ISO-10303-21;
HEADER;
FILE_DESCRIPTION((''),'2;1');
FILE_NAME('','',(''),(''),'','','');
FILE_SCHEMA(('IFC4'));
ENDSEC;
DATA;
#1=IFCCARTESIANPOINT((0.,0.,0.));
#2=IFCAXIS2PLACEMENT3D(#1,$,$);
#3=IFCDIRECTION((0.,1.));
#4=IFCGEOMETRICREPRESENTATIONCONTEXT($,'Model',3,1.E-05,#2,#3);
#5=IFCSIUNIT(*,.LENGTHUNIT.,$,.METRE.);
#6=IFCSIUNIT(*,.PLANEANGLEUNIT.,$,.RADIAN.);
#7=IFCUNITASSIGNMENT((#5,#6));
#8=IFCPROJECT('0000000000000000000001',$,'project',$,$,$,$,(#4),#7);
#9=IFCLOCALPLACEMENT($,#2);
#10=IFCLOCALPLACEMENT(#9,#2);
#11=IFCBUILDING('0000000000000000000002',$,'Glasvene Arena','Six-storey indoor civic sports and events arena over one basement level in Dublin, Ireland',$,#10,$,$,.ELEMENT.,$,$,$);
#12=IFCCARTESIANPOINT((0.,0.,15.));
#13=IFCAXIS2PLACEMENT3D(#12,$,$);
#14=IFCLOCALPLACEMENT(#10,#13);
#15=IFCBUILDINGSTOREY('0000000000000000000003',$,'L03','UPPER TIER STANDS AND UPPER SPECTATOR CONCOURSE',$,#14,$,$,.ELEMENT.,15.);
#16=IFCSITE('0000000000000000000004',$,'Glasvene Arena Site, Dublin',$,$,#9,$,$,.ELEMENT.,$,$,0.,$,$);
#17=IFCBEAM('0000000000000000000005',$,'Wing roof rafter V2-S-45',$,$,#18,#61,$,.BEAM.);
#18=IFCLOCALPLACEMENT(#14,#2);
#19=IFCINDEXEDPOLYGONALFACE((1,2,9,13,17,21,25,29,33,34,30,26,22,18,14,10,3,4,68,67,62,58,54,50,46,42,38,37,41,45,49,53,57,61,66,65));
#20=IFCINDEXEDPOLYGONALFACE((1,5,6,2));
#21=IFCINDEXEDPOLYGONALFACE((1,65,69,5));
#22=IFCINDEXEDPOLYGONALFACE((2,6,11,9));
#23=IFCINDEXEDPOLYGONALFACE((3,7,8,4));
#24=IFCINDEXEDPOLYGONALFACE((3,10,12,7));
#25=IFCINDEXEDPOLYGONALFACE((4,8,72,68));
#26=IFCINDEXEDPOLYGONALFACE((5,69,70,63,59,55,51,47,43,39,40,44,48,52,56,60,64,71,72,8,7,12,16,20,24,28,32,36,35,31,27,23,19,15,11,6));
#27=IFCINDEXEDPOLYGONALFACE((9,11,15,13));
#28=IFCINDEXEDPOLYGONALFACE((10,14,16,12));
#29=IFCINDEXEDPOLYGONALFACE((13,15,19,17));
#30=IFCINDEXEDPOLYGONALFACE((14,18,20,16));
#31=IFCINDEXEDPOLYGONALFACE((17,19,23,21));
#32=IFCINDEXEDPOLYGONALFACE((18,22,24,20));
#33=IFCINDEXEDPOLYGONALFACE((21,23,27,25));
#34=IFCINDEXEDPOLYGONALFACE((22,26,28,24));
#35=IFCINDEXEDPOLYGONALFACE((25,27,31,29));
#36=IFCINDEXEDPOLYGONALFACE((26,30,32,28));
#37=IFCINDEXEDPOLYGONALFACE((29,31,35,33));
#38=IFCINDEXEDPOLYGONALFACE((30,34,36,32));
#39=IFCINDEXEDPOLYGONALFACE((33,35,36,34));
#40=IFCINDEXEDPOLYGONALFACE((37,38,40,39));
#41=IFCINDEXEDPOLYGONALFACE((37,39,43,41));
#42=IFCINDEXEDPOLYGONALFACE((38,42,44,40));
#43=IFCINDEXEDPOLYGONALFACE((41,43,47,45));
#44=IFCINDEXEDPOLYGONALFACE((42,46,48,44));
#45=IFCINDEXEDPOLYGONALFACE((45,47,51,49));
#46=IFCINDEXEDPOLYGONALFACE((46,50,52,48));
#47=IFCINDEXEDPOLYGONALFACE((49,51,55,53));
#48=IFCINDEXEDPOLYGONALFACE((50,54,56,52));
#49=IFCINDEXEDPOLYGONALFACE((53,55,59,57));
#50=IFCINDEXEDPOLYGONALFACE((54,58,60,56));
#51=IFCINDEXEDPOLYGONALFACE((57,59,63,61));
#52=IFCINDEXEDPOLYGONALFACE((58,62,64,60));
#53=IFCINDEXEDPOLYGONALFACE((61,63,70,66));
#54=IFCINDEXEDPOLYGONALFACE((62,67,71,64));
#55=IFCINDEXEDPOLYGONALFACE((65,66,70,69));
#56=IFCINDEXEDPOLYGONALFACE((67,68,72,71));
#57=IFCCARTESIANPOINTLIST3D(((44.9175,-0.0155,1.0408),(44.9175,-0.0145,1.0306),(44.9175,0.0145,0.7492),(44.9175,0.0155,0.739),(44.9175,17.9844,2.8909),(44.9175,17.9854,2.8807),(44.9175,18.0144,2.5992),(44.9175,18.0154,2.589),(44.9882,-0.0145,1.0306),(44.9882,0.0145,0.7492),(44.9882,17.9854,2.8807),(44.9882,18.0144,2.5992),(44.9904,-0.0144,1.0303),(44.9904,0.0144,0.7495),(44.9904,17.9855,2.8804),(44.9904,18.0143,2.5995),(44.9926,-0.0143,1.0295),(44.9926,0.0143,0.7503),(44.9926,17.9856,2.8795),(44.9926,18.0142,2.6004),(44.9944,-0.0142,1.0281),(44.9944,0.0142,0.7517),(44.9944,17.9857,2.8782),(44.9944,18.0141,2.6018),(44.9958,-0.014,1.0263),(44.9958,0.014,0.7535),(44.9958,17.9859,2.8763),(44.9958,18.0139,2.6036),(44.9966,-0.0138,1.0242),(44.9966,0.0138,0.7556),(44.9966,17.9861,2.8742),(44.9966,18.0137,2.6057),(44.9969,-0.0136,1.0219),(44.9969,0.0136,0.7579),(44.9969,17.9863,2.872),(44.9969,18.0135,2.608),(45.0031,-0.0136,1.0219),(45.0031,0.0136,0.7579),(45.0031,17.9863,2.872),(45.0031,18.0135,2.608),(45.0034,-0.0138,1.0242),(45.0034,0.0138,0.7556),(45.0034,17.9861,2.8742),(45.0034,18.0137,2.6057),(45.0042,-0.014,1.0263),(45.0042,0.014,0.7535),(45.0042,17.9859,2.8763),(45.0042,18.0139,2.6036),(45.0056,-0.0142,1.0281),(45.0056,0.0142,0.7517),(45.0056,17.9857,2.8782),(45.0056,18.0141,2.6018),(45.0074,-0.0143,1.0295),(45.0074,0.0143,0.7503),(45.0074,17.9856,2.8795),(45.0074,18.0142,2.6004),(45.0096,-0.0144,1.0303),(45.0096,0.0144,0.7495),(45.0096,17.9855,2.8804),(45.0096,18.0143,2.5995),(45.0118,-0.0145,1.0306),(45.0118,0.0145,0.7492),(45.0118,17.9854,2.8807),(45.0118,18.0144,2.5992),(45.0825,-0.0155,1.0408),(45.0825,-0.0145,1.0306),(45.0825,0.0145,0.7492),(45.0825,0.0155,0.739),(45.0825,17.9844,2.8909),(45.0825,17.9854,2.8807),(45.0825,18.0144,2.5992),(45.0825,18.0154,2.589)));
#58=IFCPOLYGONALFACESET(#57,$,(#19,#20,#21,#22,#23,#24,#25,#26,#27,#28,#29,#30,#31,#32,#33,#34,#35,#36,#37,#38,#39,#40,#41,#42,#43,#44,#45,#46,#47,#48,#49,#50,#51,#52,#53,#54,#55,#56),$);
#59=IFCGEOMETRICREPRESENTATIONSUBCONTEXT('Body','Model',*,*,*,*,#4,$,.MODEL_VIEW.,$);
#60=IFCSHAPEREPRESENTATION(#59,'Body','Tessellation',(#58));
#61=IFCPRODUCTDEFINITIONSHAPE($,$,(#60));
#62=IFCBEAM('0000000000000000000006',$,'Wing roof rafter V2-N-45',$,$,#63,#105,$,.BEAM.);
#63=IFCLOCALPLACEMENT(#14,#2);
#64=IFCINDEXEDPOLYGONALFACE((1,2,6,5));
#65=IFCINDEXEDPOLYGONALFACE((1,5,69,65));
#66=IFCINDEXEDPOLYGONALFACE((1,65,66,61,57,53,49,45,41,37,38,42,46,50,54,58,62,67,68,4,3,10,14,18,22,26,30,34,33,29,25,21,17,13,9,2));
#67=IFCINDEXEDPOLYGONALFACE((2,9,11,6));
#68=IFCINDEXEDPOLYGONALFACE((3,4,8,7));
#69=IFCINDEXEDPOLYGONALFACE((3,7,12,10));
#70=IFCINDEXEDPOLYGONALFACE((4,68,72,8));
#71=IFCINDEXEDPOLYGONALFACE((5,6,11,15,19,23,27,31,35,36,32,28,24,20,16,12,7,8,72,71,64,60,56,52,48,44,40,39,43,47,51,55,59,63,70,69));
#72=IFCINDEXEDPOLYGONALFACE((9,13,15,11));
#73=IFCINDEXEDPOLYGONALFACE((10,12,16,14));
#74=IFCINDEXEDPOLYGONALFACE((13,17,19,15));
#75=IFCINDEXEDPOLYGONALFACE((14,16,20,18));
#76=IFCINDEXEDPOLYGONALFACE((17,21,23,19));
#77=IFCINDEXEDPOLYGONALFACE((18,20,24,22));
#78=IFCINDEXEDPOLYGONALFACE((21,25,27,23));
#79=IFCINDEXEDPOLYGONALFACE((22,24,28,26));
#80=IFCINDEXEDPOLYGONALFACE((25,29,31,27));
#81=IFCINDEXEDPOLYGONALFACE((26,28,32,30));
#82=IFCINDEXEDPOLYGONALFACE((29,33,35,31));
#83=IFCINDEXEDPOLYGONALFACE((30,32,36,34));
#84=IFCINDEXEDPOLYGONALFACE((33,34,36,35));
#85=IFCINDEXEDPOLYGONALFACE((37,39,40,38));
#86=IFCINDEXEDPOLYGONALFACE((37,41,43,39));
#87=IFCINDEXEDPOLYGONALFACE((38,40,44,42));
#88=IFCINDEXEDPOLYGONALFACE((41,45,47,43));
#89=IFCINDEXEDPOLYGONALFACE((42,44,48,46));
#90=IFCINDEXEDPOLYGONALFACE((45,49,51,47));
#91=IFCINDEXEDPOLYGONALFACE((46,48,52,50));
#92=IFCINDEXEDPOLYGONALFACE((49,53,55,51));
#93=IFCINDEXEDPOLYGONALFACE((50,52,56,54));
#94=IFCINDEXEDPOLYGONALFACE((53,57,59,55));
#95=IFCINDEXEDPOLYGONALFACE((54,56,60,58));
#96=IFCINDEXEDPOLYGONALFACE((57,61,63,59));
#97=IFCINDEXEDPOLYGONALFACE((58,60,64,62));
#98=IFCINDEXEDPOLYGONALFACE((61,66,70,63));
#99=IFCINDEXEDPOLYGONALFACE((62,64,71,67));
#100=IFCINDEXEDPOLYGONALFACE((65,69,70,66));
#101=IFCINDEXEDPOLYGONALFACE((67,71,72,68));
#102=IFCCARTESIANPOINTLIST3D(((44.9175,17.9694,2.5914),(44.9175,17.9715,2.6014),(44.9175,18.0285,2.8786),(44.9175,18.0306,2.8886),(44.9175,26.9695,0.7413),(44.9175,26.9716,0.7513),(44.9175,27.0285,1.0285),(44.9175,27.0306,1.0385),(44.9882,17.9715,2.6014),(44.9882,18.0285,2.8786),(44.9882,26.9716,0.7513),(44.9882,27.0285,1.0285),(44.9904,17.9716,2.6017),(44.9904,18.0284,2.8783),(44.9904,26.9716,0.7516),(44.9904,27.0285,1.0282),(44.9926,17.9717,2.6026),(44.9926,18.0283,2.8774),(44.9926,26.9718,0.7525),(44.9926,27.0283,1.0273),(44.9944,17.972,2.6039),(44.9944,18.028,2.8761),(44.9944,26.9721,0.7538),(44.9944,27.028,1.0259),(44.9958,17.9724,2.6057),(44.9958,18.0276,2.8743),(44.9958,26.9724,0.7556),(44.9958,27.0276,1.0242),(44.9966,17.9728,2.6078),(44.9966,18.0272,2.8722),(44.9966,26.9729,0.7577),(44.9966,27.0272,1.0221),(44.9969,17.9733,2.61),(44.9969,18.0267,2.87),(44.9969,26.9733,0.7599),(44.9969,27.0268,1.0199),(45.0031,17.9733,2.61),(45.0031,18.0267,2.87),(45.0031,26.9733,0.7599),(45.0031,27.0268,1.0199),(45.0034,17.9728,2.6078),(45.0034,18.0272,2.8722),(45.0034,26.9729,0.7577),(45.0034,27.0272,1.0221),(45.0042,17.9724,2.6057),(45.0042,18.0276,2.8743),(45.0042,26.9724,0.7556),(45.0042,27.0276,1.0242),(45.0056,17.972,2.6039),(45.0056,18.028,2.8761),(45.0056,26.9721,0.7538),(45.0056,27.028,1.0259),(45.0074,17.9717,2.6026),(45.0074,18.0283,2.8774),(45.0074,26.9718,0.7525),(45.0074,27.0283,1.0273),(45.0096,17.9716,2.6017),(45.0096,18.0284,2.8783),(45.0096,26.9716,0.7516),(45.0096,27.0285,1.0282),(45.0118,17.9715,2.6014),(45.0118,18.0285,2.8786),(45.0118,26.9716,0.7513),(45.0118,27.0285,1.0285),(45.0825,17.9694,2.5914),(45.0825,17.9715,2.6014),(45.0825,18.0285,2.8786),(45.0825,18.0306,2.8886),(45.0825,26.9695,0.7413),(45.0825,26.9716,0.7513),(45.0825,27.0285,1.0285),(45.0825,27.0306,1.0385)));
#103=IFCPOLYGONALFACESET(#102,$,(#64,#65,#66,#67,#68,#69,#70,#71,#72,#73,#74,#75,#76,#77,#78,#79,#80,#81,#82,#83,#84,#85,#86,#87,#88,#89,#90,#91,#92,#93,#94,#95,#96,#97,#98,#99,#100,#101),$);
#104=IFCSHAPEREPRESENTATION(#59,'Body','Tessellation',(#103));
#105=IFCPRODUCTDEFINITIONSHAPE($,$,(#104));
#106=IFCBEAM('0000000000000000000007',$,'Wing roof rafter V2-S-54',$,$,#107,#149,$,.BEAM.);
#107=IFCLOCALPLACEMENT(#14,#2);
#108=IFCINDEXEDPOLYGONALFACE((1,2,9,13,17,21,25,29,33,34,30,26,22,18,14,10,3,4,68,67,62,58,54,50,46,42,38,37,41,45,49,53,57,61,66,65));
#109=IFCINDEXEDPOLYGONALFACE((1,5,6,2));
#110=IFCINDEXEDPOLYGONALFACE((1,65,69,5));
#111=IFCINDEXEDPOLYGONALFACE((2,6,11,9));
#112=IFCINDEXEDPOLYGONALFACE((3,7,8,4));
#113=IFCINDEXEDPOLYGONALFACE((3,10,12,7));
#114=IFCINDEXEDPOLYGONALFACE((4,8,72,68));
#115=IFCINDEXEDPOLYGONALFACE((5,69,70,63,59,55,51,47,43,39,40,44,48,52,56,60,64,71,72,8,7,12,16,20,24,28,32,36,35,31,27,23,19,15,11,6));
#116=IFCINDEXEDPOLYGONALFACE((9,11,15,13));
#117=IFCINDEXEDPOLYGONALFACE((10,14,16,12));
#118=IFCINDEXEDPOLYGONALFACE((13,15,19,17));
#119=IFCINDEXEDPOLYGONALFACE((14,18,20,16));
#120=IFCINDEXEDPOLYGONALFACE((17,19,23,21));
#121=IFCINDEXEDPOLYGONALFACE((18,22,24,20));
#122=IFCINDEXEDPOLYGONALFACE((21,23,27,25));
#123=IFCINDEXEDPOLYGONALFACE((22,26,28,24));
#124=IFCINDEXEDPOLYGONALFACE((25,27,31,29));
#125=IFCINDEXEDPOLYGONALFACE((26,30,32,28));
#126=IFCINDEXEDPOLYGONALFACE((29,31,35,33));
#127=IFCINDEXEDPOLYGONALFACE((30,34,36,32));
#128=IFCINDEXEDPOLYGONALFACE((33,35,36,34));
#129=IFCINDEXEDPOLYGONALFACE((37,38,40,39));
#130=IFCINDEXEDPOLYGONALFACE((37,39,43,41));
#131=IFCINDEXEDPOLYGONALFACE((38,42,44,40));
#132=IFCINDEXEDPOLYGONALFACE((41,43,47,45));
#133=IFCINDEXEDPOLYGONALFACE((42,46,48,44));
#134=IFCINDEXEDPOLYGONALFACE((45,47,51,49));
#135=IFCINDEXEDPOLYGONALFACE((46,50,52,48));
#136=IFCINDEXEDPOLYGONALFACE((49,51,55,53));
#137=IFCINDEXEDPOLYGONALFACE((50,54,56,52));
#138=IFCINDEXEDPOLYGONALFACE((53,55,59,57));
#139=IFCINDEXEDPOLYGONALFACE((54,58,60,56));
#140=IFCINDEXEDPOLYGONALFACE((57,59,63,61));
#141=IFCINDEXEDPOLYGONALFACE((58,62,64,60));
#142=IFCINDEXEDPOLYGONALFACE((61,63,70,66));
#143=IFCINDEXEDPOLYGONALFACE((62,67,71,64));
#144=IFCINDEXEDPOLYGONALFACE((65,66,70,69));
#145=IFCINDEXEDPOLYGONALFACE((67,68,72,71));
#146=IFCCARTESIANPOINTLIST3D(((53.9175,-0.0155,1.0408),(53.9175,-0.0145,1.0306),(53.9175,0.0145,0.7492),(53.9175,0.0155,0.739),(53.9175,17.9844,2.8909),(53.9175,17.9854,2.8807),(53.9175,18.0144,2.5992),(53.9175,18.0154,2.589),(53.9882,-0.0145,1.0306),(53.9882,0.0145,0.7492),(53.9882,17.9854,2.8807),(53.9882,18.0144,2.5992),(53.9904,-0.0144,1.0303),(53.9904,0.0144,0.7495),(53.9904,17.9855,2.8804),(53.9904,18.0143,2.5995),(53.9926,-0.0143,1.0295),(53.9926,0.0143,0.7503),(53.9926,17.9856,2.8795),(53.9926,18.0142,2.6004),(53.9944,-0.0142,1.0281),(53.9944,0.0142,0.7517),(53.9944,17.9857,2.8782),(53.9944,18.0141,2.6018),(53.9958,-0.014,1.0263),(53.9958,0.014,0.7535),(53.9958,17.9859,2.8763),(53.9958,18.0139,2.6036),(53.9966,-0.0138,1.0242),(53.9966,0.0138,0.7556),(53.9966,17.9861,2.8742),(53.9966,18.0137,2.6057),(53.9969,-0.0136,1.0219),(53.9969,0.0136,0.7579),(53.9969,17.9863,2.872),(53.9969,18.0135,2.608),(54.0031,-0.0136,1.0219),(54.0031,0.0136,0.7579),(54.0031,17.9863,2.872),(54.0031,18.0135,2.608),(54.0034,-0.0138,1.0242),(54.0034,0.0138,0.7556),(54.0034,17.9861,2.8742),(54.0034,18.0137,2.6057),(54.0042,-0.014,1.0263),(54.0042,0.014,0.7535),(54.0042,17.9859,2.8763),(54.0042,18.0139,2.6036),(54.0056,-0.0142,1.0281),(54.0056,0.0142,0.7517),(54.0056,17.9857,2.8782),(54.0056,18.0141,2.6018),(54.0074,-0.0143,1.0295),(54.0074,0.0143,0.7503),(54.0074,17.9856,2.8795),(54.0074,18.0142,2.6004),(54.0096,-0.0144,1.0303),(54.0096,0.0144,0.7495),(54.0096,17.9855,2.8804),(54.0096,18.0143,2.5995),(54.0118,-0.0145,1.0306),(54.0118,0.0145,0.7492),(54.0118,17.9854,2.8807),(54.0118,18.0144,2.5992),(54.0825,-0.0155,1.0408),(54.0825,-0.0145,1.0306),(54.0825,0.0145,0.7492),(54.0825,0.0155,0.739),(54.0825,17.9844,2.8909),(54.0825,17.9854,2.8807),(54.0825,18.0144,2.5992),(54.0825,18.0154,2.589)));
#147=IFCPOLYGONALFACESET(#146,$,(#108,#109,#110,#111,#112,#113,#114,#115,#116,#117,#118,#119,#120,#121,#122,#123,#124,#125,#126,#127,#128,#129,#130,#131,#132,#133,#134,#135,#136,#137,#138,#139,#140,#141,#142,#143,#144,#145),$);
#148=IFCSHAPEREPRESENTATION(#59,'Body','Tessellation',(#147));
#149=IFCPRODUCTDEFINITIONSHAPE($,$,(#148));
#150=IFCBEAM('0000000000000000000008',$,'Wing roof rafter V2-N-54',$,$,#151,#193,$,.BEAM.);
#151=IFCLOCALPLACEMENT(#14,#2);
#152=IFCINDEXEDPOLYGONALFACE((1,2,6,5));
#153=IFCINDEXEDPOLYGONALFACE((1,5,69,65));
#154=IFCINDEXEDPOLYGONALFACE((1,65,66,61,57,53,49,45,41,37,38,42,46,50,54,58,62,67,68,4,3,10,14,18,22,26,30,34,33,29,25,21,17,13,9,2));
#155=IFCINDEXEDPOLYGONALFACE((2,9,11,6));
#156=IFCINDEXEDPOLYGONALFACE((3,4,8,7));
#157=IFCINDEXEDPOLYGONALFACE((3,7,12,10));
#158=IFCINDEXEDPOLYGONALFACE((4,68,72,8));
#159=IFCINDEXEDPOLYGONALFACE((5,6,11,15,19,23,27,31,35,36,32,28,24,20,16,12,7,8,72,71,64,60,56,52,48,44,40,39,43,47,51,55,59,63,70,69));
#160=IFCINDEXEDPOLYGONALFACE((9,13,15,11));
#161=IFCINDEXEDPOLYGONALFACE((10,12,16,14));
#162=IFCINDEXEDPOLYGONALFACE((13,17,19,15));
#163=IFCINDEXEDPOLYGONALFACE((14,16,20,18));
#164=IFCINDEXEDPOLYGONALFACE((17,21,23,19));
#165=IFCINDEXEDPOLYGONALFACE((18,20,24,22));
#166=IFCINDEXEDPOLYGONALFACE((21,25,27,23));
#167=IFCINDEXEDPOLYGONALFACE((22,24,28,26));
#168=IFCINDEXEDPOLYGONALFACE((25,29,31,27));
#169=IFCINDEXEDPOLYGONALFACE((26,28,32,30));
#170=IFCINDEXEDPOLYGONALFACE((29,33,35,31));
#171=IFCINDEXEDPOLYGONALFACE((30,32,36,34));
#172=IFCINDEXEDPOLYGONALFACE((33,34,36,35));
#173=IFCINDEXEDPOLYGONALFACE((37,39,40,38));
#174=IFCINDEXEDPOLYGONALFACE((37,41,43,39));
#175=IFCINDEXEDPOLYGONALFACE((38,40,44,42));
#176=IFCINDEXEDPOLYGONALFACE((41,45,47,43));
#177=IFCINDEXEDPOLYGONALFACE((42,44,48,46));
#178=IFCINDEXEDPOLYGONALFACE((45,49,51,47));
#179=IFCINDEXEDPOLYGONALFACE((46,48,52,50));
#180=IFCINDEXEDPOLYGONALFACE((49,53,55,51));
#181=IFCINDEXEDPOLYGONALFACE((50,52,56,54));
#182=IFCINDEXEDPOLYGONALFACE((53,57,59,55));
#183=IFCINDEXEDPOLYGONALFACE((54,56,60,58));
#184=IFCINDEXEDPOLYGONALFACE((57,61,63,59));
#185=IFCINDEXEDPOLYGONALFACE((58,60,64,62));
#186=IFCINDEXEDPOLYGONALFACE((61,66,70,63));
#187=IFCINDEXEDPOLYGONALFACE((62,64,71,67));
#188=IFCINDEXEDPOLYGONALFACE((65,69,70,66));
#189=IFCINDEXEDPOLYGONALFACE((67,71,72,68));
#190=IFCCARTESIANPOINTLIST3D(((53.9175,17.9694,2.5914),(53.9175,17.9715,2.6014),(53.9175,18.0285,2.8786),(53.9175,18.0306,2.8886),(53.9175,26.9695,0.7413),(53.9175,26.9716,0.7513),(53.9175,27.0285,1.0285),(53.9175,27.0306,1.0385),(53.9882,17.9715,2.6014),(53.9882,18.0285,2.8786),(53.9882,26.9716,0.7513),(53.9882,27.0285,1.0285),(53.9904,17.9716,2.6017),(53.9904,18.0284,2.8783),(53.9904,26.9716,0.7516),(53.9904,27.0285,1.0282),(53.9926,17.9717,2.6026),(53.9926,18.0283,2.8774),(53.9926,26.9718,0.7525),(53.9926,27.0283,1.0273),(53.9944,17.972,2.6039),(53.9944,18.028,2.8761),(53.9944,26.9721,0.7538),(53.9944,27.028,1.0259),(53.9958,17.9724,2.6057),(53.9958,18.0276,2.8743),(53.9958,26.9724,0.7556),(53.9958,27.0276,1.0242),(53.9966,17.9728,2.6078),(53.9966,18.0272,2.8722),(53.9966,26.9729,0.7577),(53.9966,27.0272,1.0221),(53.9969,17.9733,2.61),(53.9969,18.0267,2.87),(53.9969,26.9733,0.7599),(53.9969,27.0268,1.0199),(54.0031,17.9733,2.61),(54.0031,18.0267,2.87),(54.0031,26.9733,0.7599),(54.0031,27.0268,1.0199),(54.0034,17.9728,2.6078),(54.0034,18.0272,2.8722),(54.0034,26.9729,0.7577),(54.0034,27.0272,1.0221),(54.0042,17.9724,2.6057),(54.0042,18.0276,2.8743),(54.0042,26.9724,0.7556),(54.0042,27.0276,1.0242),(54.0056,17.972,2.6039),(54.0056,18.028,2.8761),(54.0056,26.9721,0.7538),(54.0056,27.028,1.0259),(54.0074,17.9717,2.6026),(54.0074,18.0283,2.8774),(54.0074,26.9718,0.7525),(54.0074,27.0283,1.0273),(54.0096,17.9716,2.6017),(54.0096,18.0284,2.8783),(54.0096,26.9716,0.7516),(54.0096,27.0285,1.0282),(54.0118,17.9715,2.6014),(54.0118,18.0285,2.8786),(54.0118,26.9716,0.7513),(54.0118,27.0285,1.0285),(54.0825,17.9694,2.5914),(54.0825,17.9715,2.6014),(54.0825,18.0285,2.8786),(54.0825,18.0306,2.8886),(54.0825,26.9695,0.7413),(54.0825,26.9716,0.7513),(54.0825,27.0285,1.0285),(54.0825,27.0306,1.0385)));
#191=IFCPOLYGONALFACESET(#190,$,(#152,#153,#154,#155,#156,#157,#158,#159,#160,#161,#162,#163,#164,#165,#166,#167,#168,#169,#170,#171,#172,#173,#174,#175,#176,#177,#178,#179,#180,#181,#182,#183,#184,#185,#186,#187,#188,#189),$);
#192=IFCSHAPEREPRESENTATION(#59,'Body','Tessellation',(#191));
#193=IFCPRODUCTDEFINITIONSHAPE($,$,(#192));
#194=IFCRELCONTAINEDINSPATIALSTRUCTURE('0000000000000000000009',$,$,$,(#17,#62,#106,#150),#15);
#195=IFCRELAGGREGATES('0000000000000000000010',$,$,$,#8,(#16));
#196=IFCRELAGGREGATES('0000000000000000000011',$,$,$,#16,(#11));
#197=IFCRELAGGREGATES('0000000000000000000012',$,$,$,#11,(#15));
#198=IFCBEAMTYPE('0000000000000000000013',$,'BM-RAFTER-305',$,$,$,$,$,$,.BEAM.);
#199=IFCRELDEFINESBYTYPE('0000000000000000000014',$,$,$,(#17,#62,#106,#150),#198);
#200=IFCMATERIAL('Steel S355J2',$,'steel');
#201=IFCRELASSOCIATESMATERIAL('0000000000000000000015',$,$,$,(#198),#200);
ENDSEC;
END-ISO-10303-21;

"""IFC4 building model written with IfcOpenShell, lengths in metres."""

from ifc_helpers import new_model, si_unit, direction, frame, origin, origin_2d, place, context, subcontext, project, spatial, i_section, extrude, material, material_profile, profile_set, type_object, element, save


model = new_model("IFC4")

# Units and contexts
model_context = context("Model", 3, precision=1e-05, world=origin(), true_north=direction((0.0, 1.0)))
body_context = subcontext(model_context, "Body", "Model", "MODEL_VIEW")
ifc_project = project(units=[si_unit("LENGTHUNIT", "METRE"), si_unit("PLANEANGLEUNIT", "RADIAN")], contexts=[model_context])

# Site, building, storey
site_placement = place(None, origin())
site = spatial("IfcSite", under=ifc_project, at=site_placement, Name="Glasvene Arena Site, Dublin", CompositionType="ELEMENT", RefElevation=0.0)
building_placement = place(site_placement, origin())
building = spatial("IfcBuilding", under=site, at=building_placement, Name="Glasvene Arena", Description="Six-storey indoor civic sports and events arena over one basement level in Dublin, Ireland", CompositionType="ELEMENT")
storey_placement = place(building_placement, frame((0.0, 0.0, 15.0)))
storey = spatial("IfcBuildingStorey", under=building, at=storey_placement, Name="L03", Description="UPPER TIER STANDS AND UPPER SPECTATOR CONCOURSE", CompositionType="ELEMENT", Elevation=15.0)

# Shared definitions
ifc_material_1 = material(Name="Steel S355J2", Category="steel")

# Beams
ifc_material_profile_1 = material_profile(ifc_material_1, i_section(OverallWidth=0.165, OverallDepth=0.3035, WebThickness=0.0061, FlangeThickness=0.0103, FilletRadius=0.0088, at=origin_2d()), Name="UKB 305x165x40")
ifc_profile_set_1 = profile_set([ifc_material_profile_1], Name="Steel S355J2")
beam_type_1 = type_object("IfcBeamType", Name="BM-RAFTER-305", PredefinedType="BEAM", material=ifc_profile_set_1)
beam_1_placement = place(storey_placement, frame((45.0, 0.0, 0.8899), z_axis=(0.0, 0.994759, 0.102245), x_axis=(-1.0, 0.0, 0.0)))
element("IfcBeam", 1, at=beam_1_placement, inside=storey, type_object=beam_type_1, Name="Wing roof rafter V2-S-45", PredefinedType="BEAM", context=body_context, shape_type="SweptSolid", body=[
    extrude(i_section(OverallWidth=0.165, OverallDepth=0.3035, WebThickness=0.0061, FlangeThickness=0.0103, FilletRadius=0.0088, at=origin_2d()), origin(), (0.0, 0.0, 1.0), 18.0947),
])
beam_2_placement = place(storey_placement, frame((45.0, 18.0, 2.74), z_axis=(0.0, 0.979518, -0.201356), x_axis=(-1.0, 0.0, 0.0)))
element("IfcBeam", 2, at=beam_2_placement, inside=storey, type_object=beam_type_1, Name="Wing roof rafter V2-N-45", PredefinedType="BEAM", context=body_context, shape_type="SweptSolid", body=[
    extrude(i_section(OverallWidth=0.165, OverallDepth=0.3035, WebThickness=0.0061, FlangeThickness=0.0103, FilletRadius=0.0088, at=origin_2d()), origin(), (0.0, 0.0, 1.0), 9.1882),
])
beam_3_placement = place(storey_placement, frame((54.0, 0.0, 0.8899), z_axis=(0.0, 0.994759, 0.102245), x_axis=(-1.0, 0.0, 0.0)))
element("IfcBeam", 3, at=beam_3_placement, inside=storey, type_object=beam_type_1, Name="Wing roof rafter V2-S-54", PredefinedType="BEAM", context=body_context, shape_type="SweptSolid", body=[
    extrude(i_section(OverallWidth=0.165, OverallDepth=0.3035, WebThickness=0.0061, FlangeThickness=0.0103, FilletRadius=0.0088, at=origin_2d()), origin(), (0.0, 0.0, 1.0), 18.0947),
])
beam_4_placement = place(storey_placement, frame((54.0, 18.0, 2.74), z_axis=(0.0, 0.979518, -0.201356), x_axis=(-1.0, 0.0, 0.0)))
element("IfcBeam", 4, at=beam_4_placement, inside=storey, type_object=beam_type_1, Name="Wing roof rafter V2-N-54", PredefinedType="BEAM", context=body_context, shape_type="SweptSolid", body=[
    extrude(i_section(OverallWidth=0.165, OverallDepth=0.3035, WebThickness=0.0061, FlangeThickness=0.0103, FilletRadius=0.0088, at=origin_2d()), origin(), (0.0, 0.0, 1.0), 9.1882),
])

save(model, "model.ifc")
